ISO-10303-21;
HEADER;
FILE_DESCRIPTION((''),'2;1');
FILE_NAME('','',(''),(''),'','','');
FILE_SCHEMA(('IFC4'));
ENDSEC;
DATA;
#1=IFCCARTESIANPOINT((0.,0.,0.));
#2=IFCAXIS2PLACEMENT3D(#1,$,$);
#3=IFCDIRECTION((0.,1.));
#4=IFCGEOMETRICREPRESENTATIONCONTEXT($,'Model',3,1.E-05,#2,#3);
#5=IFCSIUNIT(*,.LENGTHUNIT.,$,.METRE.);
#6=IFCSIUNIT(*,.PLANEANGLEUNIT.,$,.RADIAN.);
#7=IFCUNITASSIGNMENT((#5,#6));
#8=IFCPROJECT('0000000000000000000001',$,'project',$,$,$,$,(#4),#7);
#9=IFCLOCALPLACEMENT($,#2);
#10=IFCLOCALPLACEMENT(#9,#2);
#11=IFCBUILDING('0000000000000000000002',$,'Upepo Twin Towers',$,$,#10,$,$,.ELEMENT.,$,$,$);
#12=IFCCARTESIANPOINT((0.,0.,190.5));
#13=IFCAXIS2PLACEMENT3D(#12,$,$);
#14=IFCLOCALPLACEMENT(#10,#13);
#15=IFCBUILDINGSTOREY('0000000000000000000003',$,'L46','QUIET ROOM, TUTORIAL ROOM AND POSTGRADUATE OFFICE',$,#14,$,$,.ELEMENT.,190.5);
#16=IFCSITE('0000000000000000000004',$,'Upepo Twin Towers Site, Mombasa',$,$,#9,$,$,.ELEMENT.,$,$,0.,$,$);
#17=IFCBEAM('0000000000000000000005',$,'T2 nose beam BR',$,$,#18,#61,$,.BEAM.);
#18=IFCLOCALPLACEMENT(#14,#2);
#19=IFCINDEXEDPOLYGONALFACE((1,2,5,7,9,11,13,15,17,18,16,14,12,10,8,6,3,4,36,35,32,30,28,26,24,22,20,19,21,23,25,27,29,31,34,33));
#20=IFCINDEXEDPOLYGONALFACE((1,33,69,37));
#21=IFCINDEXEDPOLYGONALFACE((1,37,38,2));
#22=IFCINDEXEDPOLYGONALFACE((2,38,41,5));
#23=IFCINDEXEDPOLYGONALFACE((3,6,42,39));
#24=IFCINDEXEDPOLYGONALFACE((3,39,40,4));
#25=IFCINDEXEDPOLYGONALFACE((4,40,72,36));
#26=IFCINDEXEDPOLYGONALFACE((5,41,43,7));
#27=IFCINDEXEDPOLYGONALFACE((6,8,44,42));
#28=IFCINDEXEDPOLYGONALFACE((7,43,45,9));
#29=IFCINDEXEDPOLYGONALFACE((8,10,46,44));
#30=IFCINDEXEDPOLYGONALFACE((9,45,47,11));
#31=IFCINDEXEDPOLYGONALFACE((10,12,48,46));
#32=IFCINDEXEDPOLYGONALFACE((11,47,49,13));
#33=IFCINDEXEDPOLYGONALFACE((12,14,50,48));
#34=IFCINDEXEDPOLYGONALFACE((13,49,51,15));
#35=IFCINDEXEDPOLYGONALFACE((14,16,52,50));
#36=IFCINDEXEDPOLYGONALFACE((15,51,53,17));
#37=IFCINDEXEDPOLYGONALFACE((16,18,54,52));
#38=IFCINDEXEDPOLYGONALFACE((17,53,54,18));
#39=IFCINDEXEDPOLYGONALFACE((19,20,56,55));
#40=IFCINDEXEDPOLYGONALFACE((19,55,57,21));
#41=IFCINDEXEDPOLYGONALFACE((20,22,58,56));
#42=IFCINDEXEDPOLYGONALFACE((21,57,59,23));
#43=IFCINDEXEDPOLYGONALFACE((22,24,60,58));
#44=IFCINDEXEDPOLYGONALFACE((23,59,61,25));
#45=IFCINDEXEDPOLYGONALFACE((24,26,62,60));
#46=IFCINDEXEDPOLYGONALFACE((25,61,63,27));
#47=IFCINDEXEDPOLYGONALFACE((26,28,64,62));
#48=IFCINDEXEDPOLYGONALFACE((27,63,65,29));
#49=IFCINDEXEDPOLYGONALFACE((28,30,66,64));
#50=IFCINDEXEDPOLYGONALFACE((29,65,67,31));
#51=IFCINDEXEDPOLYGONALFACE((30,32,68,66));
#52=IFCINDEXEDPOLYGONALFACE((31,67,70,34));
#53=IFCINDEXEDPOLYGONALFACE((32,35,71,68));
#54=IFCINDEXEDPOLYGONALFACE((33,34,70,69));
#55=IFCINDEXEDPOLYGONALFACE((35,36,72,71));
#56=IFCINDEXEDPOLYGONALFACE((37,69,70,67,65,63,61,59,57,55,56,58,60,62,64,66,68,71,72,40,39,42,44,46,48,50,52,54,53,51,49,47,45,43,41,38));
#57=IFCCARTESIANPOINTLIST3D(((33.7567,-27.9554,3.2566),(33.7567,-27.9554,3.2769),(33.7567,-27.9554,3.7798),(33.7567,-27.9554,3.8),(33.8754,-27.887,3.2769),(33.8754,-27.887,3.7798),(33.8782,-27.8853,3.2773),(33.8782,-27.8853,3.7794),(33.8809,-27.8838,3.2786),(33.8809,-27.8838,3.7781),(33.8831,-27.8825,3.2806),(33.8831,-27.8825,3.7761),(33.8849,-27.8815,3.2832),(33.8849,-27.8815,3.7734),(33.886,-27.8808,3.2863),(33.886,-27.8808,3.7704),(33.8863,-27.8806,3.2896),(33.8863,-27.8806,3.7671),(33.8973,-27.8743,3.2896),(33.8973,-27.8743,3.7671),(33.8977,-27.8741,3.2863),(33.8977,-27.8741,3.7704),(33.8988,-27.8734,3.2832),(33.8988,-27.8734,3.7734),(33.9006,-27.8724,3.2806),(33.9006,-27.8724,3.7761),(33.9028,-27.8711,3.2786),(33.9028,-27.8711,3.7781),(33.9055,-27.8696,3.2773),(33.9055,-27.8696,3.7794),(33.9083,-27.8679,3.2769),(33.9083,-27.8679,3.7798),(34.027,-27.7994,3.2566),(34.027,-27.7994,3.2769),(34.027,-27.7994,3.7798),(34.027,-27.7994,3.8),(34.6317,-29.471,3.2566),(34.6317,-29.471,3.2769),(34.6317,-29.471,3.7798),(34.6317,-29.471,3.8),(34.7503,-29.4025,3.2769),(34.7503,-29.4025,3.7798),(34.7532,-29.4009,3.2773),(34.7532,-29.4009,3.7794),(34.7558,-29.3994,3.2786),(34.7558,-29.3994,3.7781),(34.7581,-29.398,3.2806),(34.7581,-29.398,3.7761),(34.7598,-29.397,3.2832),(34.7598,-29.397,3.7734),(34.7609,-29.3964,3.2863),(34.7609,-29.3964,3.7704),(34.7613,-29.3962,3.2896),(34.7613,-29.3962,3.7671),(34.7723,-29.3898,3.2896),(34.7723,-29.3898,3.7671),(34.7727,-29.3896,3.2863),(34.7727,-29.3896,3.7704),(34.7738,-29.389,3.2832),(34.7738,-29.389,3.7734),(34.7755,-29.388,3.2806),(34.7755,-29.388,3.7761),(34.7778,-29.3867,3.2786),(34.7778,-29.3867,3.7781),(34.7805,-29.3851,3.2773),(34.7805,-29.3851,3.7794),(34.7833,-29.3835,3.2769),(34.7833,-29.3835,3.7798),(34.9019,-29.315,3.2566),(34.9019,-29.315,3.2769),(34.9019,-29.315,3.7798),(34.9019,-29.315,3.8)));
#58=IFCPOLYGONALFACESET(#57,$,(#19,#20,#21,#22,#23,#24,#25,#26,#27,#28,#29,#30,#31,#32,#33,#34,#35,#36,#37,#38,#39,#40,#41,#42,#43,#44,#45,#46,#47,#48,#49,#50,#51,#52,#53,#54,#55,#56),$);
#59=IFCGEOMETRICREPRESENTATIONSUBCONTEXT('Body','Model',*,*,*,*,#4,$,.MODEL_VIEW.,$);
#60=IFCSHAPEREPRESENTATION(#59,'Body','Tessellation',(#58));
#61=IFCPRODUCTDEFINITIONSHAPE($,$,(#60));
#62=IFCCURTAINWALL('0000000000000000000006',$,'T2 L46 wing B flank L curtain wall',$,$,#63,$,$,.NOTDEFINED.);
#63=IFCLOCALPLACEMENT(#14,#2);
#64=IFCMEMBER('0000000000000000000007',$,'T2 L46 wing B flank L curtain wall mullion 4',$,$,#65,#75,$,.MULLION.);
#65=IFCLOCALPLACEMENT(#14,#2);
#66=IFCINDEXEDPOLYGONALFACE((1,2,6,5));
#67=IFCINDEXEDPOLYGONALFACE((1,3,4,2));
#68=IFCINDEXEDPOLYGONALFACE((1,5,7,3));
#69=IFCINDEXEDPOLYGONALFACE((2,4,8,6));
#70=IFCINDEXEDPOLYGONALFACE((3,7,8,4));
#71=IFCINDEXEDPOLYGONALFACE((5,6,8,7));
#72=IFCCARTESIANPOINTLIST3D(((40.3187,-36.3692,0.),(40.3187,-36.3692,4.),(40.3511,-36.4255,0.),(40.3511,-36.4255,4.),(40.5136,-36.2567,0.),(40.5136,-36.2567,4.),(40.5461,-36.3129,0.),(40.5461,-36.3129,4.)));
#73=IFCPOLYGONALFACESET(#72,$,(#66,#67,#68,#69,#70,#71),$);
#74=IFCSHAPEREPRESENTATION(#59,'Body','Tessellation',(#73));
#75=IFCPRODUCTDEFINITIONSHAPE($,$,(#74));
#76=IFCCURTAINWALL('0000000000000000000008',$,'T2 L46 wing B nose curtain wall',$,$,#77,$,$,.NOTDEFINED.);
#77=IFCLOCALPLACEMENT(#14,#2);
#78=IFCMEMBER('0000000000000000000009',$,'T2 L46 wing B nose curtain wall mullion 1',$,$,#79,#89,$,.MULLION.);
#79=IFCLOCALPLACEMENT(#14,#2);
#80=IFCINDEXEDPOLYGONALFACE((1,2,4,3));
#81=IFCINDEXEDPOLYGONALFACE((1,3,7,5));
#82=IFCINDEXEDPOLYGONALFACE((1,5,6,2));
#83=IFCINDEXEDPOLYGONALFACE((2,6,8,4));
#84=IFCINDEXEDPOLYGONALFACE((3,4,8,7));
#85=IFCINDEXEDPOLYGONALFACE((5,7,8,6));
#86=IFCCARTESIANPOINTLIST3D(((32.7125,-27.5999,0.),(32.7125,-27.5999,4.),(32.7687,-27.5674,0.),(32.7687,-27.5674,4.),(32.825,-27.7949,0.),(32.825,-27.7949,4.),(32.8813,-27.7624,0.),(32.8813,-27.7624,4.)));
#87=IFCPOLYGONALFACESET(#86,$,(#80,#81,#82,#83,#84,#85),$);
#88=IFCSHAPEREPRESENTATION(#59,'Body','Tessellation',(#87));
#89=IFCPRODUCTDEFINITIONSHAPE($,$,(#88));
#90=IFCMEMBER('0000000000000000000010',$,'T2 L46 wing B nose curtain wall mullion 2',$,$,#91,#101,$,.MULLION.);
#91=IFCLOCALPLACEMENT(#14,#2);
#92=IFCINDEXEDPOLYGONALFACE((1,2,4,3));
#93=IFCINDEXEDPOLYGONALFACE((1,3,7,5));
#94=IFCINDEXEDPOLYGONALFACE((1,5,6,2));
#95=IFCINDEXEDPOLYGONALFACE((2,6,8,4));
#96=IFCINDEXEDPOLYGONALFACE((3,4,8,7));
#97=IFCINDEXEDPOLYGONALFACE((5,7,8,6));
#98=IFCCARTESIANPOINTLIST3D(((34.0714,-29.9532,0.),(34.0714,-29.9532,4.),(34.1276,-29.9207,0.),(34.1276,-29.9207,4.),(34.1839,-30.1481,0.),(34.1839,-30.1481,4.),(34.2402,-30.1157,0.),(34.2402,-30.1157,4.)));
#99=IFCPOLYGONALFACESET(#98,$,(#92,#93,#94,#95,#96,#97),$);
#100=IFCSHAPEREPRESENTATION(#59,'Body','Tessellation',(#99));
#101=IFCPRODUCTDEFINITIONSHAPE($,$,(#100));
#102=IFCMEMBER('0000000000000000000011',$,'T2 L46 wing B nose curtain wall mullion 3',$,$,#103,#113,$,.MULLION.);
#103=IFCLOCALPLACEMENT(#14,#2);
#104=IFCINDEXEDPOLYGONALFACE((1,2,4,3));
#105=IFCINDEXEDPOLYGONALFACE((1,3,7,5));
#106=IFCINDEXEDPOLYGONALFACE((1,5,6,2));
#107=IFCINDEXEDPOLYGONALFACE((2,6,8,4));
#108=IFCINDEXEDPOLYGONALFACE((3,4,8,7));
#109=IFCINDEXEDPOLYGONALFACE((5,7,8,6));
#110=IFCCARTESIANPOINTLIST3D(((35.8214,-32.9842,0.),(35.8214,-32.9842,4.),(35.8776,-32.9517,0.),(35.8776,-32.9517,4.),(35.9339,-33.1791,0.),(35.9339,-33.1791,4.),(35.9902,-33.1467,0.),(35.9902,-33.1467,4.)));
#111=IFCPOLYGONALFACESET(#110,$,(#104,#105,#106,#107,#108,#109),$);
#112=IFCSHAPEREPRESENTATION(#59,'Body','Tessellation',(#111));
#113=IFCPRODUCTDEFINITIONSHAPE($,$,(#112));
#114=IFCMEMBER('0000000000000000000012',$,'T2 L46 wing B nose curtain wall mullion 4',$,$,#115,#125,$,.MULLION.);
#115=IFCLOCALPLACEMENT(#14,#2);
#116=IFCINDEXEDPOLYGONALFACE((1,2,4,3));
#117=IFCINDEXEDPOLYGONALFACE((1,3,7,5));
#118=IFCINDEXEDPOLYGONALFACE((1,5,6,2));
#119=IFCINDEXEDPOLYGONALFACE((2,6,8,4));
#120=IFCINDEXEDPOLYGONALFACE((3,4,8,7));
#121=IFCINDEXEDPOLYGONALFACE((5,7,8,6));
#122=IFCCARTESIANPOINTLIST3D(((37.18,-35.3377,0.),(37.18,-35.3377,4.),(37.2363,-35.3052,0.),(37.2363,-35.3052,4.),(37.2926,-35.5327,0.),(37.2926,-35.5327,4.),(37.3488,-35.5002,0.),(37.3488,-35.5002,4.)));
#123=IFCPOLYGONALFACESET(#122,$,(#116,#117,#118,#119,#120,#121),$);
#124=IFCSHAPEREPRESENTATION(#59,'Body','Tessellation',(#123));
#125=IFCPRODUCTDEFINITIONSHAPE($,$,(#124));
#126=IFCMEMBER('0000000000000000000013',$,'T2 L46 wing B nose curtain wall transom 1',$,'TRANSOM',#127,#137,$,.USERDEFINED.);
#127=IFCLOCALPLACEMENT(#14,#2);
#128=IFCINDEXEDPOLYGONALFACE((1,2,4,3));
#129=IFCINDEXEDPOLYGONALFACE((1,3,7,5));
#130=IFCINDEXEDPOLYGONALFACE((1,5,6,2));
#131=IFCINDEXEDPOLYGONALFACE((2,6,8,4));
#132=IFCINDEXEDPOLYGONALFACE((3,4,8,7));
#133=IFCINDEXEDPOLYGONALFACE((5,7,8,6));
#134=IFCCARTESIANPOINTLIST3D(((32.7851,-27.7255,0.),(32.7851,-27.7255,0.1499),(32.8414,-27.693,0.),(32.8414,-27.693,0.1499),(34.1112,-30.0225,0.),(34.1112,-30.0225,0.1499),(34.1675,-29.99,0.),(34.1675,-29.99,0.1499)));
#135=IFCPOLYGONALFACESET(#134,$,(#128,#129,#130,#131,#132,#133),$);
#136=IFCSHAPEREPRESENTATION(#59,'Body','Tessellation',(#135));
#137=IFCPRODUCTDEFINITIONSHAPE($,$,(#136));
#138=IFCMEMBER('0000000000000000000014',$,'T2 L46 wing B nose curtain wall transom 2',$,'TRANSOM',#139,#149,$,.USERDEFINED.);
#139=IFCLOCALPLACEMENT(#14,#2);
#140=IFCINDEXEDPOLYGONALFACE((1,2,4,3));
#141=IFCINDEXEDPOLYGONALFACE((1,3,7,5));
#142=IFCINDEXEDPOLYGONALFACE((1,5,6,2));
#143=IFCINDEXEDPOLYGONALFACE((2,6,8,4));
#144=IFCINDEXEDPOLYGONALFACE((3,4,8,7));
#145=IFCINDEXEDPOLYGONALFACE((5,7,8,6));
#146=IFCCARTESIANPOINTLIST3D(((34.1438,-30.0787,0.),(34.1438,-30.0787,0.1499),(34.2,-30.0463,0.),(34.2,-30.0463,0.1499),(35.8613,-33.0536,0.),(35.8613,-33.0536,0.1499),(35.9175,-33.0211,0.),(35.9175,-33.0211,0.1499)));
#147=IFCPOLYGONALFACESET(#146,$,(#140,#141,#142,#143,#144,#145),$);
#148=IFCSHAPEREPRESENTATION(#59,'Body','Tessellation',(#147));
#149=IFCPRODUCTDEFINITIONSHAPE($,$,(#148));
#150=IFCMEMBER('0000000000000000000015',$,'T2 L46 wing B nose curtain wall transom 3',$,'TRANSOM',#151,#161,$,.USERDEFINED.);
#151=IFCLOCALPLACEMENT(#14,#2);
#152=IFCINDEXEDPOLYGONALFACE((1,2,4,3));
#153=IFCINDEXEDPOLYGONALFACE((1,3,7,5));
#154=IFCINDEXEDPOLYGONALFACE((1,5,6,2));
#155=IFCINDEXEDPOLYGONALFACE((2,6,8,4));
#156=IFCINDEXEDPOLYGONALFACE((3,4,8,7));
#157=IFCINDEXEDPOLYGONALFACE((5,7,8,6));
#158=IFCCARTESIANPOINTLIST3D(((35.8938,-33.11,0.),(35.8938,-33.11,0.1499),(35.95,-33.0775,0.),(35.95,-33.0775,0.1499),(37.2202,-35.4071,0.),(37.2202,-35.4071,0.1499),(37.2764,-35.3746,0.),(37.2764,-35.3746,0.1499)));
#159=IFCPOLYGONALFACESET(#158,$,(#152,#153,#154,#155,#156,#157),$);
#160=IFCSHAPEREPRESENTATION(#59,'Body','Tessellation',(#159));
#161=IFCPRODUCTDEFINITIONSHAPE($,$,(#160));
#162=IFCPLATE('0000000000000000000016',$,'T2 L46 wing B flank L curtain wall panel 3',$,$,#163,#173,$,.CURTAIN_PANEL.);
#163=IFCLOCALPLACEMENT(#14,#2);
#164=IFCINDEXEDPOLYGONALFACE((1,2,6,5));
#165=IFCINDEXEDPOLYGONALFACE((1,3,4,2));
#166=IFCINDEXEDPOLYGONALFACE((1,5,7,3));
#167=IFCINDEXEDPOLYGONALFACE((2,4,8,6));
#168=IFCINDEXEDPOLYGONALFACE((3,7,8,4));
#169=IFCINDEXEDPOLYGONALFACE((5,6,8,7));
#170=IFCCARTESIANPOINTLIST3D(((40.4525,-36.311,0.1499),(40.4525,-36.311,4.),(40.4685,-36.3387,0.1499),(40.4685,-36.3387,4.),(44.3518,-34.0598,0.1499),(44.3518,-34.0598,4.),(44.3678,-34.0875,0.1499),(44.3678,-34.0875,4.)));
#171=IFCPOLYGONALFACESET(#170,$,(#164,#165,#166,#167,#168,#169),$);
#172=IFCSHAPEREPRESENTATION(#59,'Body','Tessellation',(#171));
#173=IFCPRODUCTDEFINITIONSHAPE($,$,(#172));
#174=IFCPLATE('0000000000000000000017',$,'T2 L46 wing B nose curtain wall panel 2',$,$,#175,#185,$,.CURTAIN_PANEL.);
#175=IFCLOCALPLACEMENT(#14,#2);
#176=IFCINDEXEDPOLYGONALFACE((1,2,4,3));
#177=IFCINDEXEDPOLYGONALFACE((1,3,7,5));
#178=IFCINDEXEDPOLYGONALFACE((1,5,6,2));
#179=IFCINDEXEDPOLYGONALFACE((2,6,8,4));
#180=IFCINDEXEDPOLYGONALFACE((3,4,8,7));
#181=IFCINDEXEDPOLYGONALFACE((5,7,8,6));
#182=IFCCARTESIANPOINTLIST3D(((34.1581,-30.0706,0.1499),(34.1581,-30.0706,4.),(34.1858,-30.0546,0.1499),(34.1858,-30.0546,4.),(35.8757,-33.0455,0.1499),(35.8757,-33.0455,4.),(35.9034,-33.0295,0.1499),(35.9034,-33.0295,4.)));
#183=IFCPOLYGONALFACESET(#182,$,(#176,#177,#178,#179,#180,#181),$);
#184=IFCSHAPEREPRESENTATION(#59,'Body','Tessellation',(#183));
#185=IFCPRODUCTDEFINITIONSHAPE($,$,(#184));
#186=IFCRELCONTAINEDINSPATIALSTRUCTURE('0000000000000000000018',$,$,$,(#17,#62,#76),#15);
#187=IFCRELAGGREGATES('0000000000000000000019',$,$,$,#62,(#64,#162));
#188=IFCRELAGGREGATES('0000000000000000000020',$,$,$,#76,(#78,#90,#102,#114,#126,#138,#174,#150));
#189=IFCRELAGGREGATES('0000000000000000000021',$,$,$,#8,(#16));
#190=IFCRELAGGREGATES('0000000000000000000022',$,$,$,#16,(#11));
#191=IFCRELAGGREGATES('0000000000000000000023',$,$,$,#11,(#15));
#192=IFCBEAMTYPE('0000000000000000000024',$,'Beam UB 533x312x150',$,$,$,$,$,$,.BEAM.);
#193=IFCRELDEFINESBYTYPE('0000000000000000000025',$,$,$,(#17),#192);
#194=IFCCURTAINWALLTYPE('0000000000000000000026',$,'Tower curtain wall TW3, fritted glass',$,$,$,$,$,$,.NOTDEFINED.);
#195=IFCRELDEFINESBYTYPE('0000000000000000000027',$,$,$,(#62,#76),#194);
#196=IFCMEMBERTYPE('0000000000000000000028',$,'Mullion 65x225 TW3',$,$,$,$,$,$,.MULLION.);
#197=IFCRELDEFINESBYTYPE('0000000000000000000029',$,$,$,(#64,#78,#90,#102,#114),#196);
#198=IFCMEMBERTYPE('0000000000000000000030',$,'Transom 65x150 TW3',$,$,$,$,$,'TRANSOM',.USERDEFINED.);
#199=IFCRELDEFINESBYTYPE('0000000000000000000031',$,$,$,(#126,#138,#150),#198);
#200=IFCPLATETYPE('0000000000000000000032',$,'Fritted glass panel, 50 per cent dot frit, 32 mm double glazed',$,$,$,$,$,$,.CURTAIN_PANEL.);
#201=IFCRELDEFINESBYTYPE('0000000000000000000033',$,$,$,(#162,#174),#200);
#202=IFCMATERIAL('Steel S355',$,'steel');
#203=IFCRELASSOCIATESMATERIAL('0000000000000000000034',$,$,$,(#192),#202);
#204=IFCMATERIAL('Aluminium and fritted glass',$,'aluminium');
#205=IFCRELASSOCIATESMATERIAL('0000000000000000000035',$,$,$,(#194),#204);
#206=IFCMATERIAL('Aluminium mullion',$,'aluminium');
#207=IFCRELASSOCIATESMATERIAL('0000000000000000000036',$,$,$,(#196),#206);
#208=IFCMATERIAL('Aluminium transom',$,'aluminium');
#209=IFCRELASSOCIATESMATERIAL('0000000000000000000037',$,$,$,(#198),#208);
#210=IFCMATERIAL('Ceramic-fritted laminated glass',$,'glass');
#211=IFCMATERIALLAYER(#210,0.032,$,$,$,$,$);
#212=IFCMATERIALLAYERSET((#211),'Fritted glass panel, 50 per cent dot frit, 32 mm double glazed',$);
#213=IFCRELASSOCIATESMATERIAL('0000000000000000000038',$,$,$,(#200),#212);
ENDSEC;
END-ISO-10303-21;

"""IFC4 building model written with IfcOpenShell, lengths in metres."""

from ifc_helpers import new_model, si_unit, direction, frame, origin, origin_2d, place, context, subcontext, project, spatial, rectangle, i_section, extrude, material, layer, layer_set, material_profile, profile_set, type_object, element, aggregate, save


model = new_model("IFC4")

# Units and contexts
model_context = context("Model", 3, precision=1e-05, world=origin(), true_north=direction((0.0, 1.0)))
body_context = subcontext(model_context, "Body", "Model", "MODEL_VIEW")
ifc_project = project(units=[si_unit("LENGTHUNIT", "METRE"), si_unit("PLANEANGLEUNIT", "RADIAN")], contexts=[model_context])

# Site, building, storey
site_placement = place(None, origin())
site = spatial("IfcSite", under=ifc_project, at=site_placement, Name="Upepo Twin Towers Site, Mombasa", CompositionType="ELEMENT", RefElevation=0.0)
building_placement = place(site_placement, origin())
building = spatial("IfcBuilding", under=site, at=building_placement, Name="Upepo Twin Towers", CompositionType="ELEMENT")
storey_placement = place(building_placement, frame((0.0, 0.0, 190.5)))
storey = spatial("IfcBuildingStorey", under=building, at=storey_placement, Name="L46", Description="QUIET ROOM, TUTORIAL ROOM AND POSTGRADUATE OFFICE", CompositionType="ELEMENT", Elevation=190.5)

# Beam
ifc_material_1 = material(Name="Steel S355", Category="steel")
ifc_material_profile_1 = material_profile(ifc_material_1, i_section(OverallWidth=0.312, OverallDepth=0.5435, WebThickness=0.0127, FlangeThickness=0.0203, FilletRadius=0.0127, at=origin_2d()), Name="UB 533x312x150")
ifc_profile_set_1 = profile_set([ifc_material_profile_1], Name="Steel S355")
beam_type_1 = type_object("IfcBeamType", Name="Beam UB 533x312x150", PredefinedType="BEAM", material=ifc_profile_set_1)
for number, where, z_axis, x_axis, name in (
    (1, (33.8918, -27.8774, 3.5283), (0.49998, -0.866037, 0.0), (0.866037, 0.49998, 0.0), "T2 nose beam BR"),
):
    element("IfcBeam", number, at=place(storey_placement, frame(where, z_axis=z_axis, x_axis=x_axis)), inside=storey, type_object=beam_type_1, Name=name, PredefinedType="BEAM", context=body_context, shape_type="SweptSolid", body=[
        extrude(i_section(OverallWidth=0.312, OverallDepth=0.5435, WebThickness=0.0127, FlangeThickness=0.0203, FilletRadius=0.0127, at=origin_2d()), origin(), (0.0, 0.0, 1.0), 1.75),
    ])

# Curtain wall, member
ifc_material_2 = material(Name="Aluminium and fritted glass", Category="aluminium")
curtain_wall_type = type_object("IfcCurtainWallType", Name="Tower curtain wall TW3, fritted glass", PredefinedType="NOTDEFINED", material=ifc_material_2)
curtain_wall_1_placement = place(storey_placement, origin())
curtain_wall_1 = element("IfcCurtainWall", 2, at=curtain_wall_1_placement, inside=storey, type_object=curtain_wall_type, Name="T2 L46 wing B flank L curtain wall", PredefinedType="NOTDEFINED")
ifc_material_3 = material(Name="Aluminium mullion", Category="aluminium")
ifc_material_profile_2 = material_profile(ifc_material_3, rectangle(XDim=0.0649, YDim=0.2251, at=origin_2d()), Name="MULLION 65x225")
ifc_profile_set_2 = profile_set([ifc_material_profile_2], Name="Aluminium mullion")
member_type_1 = type_object("IfcMemberType", Name="Mullion 65x225 TW3", PredefinedType="MULLION", material=ifc_profile_set_2)
member_1_placement = place(storey_placement, frame((40.4324, -36.3411, 0.0), z_axis=(0.0, 0.0, 1.0), x_axis=(0.5, -0.866025, 0.0)))
member_1 = element("IfcMember", 3, at=member_1_placement, type_object=member_type_1, Name="T2 L46 wing B flank L curtain wall mullion 4", PredefinedType="MULLION", context=body_context, shape_type="SweptSolid", body=[
    extrude(rectangle(XDim=0.0649, YDim=0.2251, at=origin_2d()), origin(), (0.0, 0.0, 1.0), 4.0),
])

# Curtain wall, members
curtain_wall_2_placement = place(storey_placement, origin())
curtain_wall_2 = element("IfcCurtainWall", 4, at=curtain_wall_2_placement, inside=storey, type_object=curtain_wall_type, Name="T2 L46 wing B nose curtain wall", PredefinedType="NOTDEFINED")
member_2_placement = place(storey_placement, frame((32.7969, -27.6812, 0.0), z_axis=(0.0, 0.0, 1.0), x_axis=(0.866025, 0.5, 0.0)))
member_2 = element("IfcMember", 5, at=member_2_placement, type_object=member_type_1, Name="T2 L46 wing B nose curtain wall mullion 1", PredefinedType="MULLION", context=body_context, shape_type="SweptSolid", body=[
    extrude(rectangle(XDim=0.0649, YDim=0.2251, at=origin_2d()), origin(), (0.0, 0.0, 1.0), 4.0),
])
member_3_placement = place(storey_placement, frame((34.1558, -30.0344, 0.0), z_axis=(0.0, 0.0, 1.0), x_axis=(0.866025, 0.5, 0.0)))
member_3 = element("IfcMember", 6, at=member_3_placement, type_object=member_type_1, Name="T2 L46 wing B nose curtain wall mullion 2", PredefinedType="MULLION", context=body_context, shape_type="SweptSolid", body=[
    extrude(rectangle(XDim=0.0649, YDim=0.2251, at=origin_2d()), origin(), (0.0, 0.0, 1.0), 4.0),
])
member_4_placement = place(storey_placement, frame((35.9058, -33.0654, 0.0), z_axis=(0.0, 0.0, 1.0), x_axis=(0.866025, 0.5, 0.0)))
member_4 = element("IfcMember", 7, at=member_4_placement, type_object=member_type_1, Name="T2 L46 wing B nose curtain wall mullion 3", PredefinedType="MULLION", context=body_context, shape_type="SweptSolid", body=[
    extrude(rectangle(XDim=0.0649, YDim=0.2251, at=origin_2d()), origin(), (0.0, 0.0, 1.0), 4.0),
])
member_5_placement = place(storey_placement, frame((37.2644, -35.4189, 0.0), z_axis=(0.0, 0.0, 1.0), x_axis=(0.866025, 0.5, 0.0)))
member_5 = element("IfcMember", 8, at=member_5_placement, type_object=member_type_1, Name="T2 L46 wing B nose curtain wall mullion 4", PredefinedType="MULLION", context=body_context, shape_type="SweptSolid", body=[
    extrude(rectangle(XDim=0.0649, YDim=0.2251, at=origin_2d()), origin(), (0.0, 0.0, 1.0), 4.0),
])
ifc_material_4 = material(Name="Aluminium transom", Category="aluminium")
ifc_material_profile_3 = material_profile(ifc_material_4, rectangle(XDim=0.0649, YDim=0.1499, at=origin_2d()), Name="TRANSOM 65x150")
ifc_profile_set_3 = profile_set([ifc_material_profile_3], Name="Aluminium transom")
member_type_2 = type_object("IfcMemberType", Name="Transom 65x150 TW3", ElementType="TRANSOM", PredefinedType="USERDEFINED", material=ifc_profile_set_3)
member_6_placement = place(storey_placement, frame((32.8132, -27.7092, 0.075), z_axis=(0.49998, -0.866037, 0.0), x_axis=(0.866037, 0.49998, 0.0)))
member_6 = element("IfcMember", 9, at=member_6_placement, type_object=member_type_2, Name="T2 L46 wing B nose curtain wall transom 1", ObjectType="TRANSOM", PredefinedType="USERDEFINED", context=body_context, shape_type="SweptSolid", body=[
    extrude(rectangle(XDim=0.0649, YDim=0.1499, at=origin_2d()), origin(), (0.0, 0.0, 1.0), 2.6523),
])
member_7_placement = place(storey_placement, frame((34.1719, -30.0625, 0.075), z_axis=(0.499999, -0.866026, 0.0), x_axis=(0.866026, 0.499999, 0.0)))
member_7 = element("IfcMember", 10, at=member_7_placement, type_object=member_type_2, Name="T2 L46 wing B nose curtain wall transom 2", ObjectType="TRANSOM", PredefinedType="USERDEFINED", context=body_context, shape_type="SweptSolid", body=[
    extrude(rectangle(XDim=0.0649, YDim=0.1499, at=origin_2d()), origin(), (0.0, 0.0, 1.0), 3.4351),
])
member_8_placement = place(storey_placement, frame((35.9219, -33.0938, 0.075), z_axis=(0.500049, -0.865997, 0.0), x_axis=(0.865997, 0.500049, 0.0)))
member_8 = element("IfcMember", 11, at=member_8_placement, type_object=member_type_2, Name="T2 L46 wing B nose curtain wall transom 3", ObjectType="TRANSOM", PredefinedType="USERDEFINED", context=body_context, shape_type="SweptSolid", body=[
    extrude(rectangle(XDim=0.0649, YDim=0.1499, at=origin_2d()), origin(), (0.0, 0.0, 1.0), 2.6526),
])

# Plates
ifc_material_5 = material(Name="Ceramic-fritted laminated glass", Category="glass")
ifc_layer_1 = layer(ifc_material_5, 0.032)
ifc_layer_set_1 = layer_set([ifc_layer_1], Name="Fritted glass panel, 50 per cent dot frit, 32 mm double glazed")
plate_type_1 = type_object("IfcPlateType", Name="Fritted glass panel, 50 per cent dot frit, 32 mm double glazed", PredefinedType="CURTAIN_PANEL", material=ifc_layer_set_1)
plate_1_placement = place(storey_placement, frame((42.4102, -35.1992, 0.1499), z_axis=(0.0, 0.0, 1.0), x_axis=(-0.866025, -0.5, 0.0)))
plate_1 = element("IfcPlate", 12, at=plate_1_placement, type_object=plate_type_1, Name="T2 L46 wing B flank L curtain wall panel 3", PredefinedType="CURTAIN_PANEL", context=body_context, shape_type="SweptSolid", body=[
    extrude(rectangle(XDim=4.5024, YDim=0.032, at=origin_2d()), origin(), (0.0, 0.0, 1.0), 3.8501),
])
aggregate(curtain_wall_1, [member_1, plate_1])
plate_2_placement = place(storey_placement, frame((35.0308, -31.55, 0.1499), z_axis=(0.0, 0.0, 1.0), x_axis=(0.5, -0.866025, 0.0)))
plate_2 = element("IfcPlate", 13, at=plate_2_placement, type_object=plate_type_1, Name="T2 L46 wing B nose curtain wall panel 2", PredefinedType="CURTAIN_PANEL", context=body_context, shape_type="SweptSolid", body=[
    extrude(rectangle(XDim=3.4351, YDim=0.032, at=origin_2d()), origin(), (0.0, 0.0, 1.0), 3.8501),
])
aggregate(curtain_wall_2, [member_2, member_3, member_4, member_5, member_6, member_7, plate_2, member_8])

save(model, "model.ifc")
